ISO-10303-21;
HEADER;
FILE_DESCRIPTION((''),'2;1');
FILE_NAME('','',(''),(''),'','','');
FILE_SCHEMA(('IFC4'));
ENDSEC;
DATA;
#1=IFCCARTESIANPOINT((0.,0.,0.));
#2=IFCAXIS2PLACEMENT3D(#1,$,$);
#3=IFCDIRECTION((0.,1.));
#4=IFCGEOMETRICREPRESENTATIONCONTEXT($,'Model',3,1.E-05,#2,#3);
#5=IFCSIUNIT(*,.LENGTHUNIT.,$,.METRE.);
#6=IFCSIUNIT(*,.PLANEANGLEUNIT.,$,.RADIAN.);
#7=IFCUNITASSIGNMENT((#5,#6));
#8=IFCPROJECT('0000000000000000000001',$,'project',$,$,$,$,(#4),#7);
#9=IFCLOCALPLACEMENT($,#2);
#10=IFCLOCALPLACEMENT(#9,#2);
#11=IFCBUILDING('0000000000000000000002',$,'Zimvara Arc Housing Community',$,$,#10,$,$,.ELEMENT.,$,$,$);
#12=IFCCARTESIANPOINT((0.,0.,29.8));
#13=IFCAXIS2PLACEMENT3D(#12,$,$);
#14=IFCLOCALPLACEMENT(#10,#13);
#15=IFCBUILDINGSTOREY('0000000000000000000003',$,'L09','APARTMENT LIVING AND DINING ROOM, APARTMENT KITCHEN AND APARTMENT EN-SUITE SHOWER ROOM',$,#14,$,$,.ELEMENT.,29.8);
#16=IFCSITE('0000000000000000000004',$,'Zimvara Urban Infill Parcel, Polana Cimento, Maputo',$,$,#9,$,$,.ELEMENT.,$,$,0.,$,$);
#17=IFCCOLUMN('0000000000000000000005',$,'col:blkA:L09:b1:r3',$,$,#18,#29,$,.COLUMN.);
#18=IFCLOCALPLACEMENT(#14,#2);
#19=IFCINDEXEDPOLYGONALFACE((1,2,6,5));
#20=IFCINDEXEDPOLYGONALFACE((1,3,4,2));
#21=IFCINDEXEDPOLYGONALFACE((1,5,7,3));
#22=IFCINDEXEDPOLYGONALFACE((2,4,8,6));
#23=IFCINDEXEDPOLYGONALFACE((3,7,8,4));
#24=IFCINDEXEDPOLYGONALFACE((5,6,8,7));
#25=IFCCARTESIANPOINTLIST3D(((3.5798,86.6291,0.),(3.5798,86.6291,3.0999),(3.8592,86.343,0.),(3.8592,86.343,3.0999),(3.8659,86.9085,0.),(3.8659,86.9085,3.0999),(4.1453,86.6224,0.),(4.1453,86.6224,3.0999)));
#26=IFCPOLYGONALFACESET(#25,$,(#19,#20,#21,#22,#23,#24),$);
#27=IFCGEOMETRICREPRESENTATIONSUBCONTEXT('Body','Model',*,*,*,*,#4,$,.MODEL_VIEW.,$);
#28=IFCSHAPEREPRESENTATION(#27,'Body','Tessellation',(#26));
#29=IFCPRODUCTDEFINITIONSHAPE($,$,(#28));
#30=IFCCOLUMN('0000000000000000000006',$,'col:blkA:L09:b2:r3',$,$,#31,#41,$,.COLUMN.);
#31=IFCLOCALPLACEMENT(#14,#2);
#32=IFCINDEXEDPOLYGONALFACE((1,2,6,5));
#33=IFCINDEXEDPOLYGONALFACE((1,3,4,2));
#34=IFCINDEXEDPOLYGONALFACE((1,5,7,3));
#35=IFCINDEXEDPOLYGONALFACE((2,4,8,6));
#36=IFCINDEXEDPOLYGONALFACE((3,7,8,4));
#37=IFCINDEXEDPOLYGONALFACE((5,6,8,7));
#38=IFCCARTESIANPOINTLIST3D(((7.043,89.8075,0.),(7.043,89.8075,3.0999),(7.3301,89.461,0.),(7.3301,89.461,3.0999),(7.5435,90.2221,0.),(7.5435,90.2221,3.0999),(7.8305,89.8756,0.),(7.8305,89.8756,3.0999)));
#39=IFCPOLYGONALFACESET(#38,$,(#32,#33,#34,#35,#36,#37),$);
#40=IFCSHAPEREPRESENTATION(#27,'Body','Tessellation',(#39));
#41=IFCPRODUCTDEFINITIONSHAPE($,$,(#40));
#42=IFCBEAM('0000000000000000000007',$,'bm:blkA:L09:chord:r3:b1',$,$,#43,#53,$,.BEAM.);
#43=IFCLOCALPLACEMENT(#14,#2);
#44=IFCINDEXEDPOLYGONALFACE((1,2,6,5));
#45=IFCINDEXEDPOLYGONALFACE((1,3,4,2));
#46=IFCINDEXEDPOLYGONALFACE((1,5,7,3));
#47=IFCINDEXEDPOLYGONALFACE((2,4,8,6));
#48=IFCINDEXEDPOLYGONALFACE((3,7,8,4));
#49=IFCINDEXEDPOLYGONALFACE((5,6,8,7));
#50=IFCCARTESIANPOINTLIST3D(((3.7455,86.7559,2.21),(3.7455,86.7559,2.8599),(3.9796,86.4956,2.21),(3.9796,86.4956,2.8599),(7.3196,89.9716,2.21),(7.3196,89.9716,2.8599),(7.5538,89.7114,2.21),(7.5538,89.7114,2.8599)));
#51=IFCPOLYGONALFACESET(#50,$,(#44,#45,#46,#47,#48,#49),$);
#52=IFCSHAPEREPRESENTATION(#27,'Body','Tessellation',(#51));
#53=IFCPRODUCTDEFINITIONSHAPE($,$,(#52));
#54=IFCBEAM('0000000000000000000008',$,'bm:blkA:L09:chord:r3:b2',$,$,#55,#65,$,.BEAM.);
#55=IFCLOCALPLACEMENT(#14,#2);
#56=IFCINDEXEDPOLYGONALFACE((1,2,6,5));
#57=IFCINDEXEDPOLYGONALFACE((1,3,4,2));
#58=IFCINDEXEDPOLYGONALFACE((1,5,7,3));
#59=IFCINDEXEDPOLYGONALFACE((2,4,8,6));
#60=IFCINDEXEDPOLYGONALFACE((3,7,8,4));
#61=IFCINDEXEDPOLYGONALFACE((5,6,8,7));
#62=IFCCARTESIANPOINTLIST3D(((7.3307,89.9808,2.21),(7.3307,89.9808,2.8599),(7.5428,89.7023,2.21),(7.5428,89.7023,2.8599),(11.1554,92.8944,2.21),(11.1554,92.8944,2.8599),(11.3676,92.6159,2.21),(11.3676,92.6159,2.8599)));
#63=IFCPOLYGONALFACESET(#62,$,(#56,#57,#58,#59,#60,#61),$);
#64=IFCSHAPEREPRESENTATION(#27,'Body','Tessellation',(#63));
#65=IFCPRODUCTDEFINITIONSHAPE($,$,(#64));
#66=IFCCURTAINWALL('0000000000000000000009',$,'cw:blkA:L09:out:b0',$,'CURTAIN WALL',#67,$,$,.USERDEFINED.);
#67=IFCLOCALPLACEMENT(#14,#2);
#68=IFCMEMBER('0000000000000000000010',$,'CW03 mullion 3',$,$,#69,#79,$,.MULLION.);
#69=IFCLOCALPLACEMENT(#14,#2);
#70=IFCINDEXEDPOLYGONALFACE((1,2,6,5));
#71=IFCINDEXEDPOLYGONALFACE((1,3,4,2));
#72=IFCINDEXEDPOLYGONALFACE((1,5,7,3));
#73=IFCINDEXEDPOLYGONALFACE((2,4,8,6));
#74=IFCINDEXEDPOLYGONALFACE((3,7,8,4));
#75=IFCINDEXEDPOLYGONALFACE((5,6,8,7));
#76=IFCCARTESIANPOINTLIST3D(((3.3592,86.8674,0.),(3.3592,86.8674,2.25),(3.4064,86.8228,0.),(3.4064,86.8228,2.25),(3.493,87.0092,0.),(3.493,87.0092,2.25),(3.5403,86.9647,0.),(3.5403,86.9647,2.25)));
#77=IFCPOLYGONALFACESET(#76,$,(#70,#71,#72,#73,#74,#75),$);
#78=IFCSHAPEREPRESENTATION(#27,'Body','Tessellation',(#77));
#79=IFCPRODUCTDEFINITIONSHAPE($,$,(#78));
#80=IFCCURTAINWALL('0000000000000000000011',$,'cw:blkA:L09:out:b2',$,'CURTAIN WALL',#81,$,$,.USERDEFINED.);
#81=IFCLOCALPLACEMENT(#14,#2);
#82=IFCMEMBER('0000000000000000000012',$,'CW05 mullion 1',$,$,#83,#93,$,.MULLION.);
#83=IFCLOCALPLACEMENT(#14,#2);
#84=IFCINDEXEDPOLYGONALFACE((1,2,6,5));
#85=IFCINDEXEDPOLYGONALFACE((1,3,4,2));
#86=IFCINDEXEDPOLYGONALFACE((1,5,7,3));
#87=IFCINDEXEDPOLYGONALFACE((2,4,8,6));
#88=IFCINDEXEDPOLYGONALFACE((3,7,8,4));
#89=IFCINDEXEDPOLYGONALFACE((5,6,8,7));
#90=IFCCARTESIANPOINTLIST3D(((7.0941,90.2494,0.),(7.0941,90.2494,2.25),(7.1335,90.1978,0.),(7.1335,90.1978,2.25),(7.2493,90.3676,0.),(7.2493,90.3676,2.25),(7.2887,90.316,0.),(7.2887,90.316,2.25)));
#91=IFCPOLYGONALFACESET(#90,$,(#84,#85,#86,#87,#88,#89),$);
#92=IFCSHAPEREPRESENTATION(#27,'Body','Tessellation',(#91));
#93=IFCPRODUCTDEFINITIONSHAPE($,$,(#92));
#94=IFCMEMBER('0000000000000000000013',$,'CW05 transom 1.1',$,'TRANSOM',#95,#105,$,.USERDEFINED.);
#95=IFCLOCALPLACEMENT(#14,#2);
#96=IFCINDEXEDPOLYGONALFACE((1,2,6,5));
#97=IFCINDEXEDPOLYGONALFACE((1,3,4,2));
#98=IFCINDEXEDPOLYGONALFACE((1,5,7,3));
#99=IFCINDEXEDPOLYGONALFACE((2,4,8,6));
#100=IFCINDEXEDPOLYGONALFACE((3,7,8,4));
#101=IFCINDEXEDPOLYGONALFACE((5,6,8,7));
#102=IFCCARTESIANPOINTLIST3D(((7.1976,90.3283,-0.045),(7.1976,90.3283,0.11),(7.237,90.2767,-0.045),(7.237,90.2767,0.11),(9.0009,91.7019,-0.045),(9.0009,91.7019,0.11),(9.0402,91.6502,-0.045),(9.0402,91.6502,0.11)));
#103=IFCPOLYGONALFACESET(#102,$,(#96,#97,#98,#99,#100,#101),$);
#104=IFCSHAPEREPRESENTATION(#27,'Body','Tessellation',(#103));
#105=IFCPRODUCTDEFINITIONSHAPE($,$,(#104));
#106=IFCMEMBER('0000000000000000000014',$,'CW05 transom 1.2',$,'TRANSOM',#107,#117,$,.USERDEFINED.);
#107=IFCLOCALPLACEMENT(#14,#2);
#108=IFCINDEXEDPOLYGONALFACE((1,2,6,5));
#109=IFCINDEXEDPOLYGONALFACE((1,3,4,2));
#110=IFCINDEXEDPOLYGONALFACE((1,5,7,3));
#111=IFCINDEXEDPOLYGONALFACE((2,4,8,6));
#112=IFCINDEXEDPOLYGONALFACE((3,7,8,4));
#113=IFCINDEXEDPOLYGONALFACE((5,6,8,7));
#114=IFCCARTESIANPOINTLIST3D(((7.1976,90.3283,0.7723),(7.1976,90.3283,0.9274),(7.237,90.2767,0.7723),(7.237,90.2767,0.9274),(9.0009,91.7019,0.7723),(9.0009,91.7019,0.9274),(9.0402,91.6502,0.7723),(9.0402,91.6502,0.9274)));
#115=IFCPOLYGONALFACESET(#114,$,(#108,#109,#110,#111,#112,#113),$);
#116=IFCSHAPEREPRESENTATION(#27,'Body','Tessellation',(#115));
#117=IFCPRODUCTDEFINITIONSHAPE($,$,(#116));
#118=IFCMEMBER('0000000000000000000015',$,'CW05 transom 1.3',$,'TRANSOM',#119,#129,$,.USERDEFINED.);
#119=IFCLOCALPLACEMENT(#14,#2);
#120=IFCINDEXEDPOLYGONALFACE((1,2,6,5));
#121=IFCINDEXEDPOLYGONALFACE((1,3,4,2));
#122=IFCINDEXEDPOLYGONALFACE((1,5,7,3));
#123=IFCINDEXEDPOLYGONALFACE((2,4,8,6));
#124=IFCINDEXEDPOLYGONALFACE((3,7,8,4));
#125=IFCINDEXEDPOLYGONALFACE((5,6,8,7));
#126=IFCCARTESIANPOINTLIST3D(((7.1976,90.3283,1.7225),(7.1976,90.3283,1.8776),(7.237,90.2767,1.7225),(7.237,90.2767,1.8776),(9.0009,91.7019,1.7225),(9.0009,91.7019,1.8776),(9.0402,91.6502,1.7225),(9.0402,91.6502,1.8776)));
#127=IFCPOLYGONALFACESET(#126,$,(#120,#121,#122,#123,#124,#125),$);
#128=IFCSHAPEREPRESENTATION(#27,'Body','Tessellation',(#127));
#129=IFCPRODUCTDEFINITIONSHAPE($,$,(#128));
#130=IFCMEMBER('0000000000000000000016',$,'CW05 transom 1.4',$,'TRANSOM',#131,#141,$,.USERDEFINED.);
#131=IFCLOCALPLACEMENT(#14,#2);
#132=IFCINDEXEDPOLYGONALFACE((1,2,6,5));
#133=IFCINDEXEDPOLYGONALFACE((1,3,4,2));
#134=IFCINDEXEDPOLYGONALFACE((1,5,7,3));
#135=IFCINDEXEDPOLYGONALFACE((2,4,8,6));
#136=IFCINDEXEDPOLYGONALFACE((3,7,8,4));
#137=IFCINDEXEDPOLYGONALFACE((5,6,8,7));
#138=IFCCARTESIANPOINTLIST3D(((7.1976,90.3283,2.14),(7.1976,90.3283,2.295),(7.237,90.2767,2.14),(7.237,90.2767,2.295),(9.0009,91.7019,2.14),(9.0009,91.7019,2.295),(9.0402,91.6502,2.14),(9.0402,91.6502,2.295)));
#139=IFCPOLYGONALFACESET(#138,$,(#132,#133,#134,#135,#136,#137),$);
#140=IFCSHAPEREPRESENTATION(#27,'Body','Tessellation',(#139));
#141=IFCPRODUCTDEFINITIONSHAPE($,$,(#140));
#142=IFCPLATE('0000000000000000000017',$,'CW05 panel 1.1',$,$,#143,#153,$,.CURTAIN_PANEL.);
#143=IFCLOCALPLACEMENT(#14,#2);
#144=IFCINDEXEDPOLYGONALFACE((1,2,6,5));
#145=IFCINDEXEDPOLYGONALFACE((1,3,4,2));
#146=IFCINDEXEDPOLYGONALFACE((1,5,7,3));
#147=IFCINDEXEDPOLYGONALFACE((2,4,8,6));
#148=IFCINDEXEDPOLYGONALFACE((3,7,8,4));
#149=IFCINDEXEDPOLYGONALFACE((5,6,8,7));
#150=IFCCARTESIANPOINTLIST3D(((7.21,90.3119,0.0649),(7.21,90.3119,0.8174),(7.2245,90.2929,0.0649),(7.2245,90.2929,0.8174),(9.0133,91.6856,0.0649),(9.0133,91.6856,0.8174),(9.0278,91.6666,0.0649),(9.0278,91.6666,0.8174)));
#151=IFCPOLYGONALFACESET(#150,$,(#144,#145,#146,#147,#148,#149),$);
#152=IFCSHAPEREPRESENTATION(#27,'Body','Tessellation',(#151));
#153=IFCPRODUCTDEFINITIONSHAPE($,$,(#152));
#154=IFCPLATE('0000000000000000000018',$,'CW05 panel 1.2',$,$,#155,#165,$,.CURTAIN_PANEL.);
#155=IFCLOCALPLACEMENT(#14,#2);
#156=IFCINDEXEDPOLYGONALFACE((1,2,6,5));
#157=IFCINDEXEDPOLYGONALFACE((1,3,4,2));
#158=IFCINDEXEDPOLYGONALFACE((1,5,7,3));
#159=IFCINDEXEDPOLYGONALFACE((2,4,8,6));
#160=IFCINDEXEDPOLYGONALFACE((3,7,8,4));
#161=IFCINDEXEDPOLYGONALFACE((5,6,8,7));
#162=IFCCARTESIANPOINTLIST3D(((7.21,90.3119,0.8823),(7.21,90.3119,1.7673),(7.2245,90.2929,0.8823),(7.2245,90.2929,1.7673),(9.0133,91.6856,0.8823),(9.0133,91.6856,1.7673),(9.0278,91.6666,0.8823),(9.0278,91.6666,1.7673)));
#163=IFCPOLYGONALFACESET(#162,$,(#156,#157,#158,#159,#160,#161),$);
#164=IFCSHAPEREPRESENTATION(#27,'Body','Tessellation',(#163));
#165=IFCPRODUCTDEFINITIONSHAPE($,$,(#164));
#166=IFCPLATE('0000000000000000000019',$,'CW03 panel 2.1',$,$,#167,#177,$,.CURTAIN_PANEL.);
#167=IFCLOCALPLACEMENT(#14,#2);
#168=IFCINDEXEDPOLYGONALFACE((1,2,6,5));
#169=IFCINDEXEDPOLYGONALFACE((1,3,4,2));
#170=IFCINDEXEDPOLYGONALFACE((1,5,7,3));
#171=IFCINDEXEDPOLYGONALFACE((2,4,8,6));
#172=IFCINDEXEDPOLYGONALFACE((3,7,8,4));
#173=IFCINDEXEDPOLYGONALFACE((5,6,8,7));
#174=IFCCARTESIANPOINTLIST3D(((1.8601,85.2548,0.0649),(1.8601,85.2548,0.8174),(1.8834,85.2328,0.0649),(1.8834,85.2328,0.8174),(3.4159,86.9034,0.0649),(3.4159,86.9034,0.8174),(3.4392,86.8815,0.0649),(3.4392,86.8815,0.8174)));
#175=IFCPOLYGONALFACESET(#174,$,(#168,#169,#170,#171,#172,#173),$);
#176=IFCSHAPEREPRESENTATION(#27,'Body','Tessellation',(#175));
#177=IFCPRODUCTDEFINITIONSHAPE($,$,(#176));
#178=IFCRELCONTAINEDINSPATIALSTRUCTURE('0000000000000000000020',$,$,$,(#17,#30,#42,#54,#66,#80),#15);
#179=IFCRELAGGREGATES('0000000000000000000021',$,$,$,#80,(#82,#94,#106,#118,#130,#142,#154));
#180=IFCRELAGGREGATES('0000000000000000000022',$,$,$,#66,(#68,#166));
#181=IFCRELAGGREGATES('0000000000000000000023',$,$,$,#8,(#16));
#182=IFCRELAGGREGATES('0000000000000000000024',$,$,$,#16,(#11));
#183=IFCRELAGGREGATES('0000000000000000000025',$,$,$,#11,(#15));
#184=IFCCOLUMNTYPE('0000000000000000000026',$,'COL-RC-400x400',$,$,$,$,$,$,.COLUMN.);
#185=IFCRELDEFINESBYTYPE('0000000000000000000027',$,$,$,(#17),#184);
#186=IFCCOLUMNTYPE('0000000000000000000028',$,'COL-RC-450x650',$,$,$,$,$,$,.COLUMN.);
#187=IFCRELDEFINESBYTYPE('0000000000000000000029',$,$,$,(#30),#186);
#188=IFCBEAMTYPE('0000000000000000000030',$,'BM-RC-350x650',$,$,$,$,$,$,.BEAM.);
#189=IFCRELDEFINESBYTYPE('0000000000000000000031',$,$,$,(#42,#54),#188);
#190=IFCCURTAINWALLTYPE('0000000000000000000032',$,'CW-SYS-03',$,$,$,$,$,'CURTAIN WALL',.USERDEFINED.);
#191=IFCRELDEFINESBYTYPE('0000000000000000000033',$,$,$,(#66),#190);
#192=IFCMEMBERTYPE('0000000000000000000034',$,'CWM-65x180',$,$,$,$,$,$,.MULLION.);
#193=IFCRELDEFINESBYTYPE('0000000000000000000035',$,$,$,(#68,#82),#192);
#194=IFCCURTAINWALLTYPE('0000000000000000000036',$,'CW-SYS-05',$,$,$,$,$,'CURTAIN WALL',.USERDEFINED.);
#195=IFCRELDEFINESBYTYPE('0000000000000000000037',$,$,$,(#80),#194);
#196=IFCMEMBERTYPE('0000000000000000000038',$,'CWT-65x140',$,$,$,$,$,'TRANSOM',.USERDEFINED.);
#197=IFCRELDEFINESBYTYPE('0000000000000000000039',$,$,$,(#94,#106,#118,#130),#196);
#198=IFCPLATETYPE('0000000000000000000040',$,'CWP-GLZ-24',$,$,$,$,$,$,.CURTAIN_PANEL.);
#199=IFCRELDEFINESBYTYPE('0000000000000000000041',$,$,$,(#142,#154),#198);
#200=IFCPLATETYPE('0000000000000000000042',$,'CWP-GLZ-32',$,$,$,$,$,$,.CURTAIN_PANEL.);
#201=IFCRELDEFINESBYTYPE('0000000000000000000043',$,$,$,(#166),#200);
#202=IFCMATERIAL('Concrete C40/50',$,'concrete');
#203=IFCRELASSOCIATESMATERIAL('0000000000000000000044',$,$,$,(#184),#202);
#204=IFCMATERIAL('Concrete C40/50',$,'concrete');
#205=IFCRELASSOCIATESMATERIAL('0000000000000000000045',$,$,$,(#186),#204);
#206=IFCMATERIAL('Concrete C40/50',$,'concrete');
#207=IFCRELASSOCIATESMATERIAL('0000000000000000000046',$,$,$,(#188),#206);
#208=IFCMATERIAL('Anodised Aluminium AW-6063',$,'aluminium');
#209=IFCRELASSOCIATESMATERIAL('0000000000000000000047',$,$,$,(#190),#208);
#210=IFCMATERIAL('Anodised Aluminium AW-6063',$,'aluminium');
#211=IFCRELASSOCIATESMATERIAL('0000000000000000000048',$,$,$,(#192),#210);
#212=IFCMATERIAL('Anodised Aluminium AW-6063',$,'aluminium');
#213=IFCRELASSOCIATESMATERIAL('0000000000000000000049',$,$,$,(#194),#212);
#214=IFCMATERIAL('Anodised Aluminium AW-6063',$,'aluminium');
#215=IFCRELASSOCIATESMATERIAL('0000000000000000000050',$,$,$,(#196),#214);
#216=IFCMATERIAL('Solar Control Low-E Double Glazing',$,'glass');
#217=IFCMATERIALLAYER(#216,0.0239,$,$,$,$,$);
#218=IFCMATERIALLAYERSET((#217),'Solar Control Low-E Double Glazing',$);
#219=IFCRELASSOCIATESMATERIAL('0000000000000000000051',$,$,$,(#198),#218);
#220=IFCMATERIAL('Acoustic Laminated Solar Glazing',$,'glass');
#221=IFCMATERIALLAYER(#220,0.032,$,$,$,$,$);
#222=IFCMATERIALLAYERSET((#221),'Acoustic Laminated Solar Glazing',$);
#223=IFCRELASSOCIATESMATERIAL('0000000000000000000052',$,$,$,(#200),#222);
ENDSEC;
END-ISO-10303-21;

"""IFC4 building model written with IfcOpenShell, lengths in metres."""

from ifc_helpers import new_model, si_unit, direction, frame, origin, origin_2d, place, context, subcontext, project, spatial, rectangle, extrude, material, layer, layer_set, material_profile, profile_set, type_object, element, aggregate, save


model = new_model("IFC4")

# Units and contexts
model_context = context("Model", 3, precision=1e-05, world=origin(), true_north=direction((0.0, 1.0)))
body_context = subcontext(model_context, "Body", "Model", "MODEL_VIEW")
ifc_project = project(units=[si_unit("LENGTHUNIT", "METRE"), si_unit("PLANEANGLEUNIT", "RADIAN")], contexts=[model_context])

# Site, building, storey
site_placement = place(None, origin())
site = spatial("IfcSite", under=ifc_project, at=site_placement, Name="Zimvara Urban Infill Parcel, Polana Cimento, Maputo", CompositionType="ELEMENT", RefElevation=0.0)
building_placement = place(site_placement, origin())
building = spatial("IfcBuilding", under=site, at=building_placement, Name="Zimvara Arc Housing Community", CompositionType="ELEMENT")
storey_placement = place(building_placement, frame((0.0, 0.0, 29.8)))
storey = spatial("IfcBuildingStorey", under=building, at=storey_placement, Name="L09", Description="APARTMENT LIVING AND DINING ROOM, APARTMENT KITCHEN AND APARTMENT EN-SUITE SHOWER ROOM", CompositionType="ELEMENT", Elevation=29.8)

# Columns
ifc_material_1 = material(Name="Concrete C40/50", Category="concrete")
ifc_material_profile_1 = material_profile(ifc_material_1, rectangle(XDim=0.3999, YDim=0.3999, at=origin_2d()), Name="RC 400x400")
ifc_profile_set_1 = profile_set([ifc_material_profile_1], Name="Concrete C40/50")
column_type_1 = type_object("IfcColumnType", Name="COL-RC-400x400", PredefinedType="COLUMN", material=ifc_profile_set_1)
column_1_placement = place(storey_placement, frame((3.8625, 86.6257, 0.0), z_axis=(0.0, 0.0, 1.0), x_axis=(-0.698665, 0.715449, 0.0)))
element("IfcColumn", 1, at=column_1_placement, inside=storey, type_object=column_type_1, Name="col:blkA:L09:b1:r3", PredefinedType="COLUMN", context=body_context, shape_type="SweptSolid", body=[
    extrude(rectangle(XDim=0.3999, YDim=0.3999, at=origin_2d()), origin(), (0.0, 0.0, 1.0), 3.0999),
])
ifc_material_2 = material(Name="Concrete C40/50", Category="concrete")
ifc_material_profile_2 = material_profile(ifc_material_2, rectangle(XDim=0.45, YDim=0.6499, at=origin_2d()), Name="RC 450x650")
ifc_profile_set_2 = profile_set([ifc_material_profile_2], Name="Concrete C40/50")
column_type_2 = type_object("IfcColumnType", Name="COL-RC-450x650", PredefinedType="COLUMN", material=ifc_profile_set_2)
column_2_placement = place(storey_placement, frame((7.4368, 89.8416, 0.0), z_axis=(0.0, 0.0, 1.0), x_axis=(-0.637962, 0.770068, 0.0)))
element("IfcColumn", 2, at=column_2_placement, inside=storey, type_object=column_type_2, Name="col:blkA:L09:b2:r3", PredefinedType="COLUMN", context=body_context, shape_type="SweptSolid", body=[
    extrude(rectangle(XDim=0.45, YDim=0.6499, at=origin_2d()), origin(), (0.0, 0.0, 1.0), 3.0999),
])

# Beams
ifc_material_3 = material(Name="Concrete C40/50", Category="concrete")
ifc_material_profile_3 = material_profile(ifc_material_3, rectangle(XDim=0.3501, YDim=0.6499, at=origin_2d()), Name="RC 350x650")
ifc_profile_set_3 = profile_set([ifc_material_profile_3], Name="Concrete C40/50")
beam_type = type_object("IfcBeamType", Name="BM-RC-350x650", PredefinedType="BEAM", material=ifc_profile_set_3)
beam_1_placement = place(storey_placement, frame((3.8625, 86.6257, 2.5349), z_axis=(0.743395, 0.668853, 0.0), x_axis=(-0.668853, 0.743395, 0.0)))
element("IfcBeam", 3, at=beam_1_placement, inside=storey, type_object=beam_type, Name="bm:blkA:L09:chord:r3:b1", PredefinedType="BEAM", context=body_context, shape_type="SweptSolid", body=[
    extrude(rectangle(XDim=0.3501, YDim=0.6499, at=origin_2d()), origin(), (0.0, 0.0, 1.0), 4.8079),
])
beam_2_placement = place(storey_placement, frame((7.4368, 89.8416, 2.5349), z_axis=(0.795481, 0.605979, 0.0), x_axis=(-0.605979, 0.795481, 0.0)))
element("IfcBeam", 4, at=beam_2_placement, inside=storey, type_object=beam_type, Name="bm:blkA:L09:chord:r3:b2", PredefinedType="BEAM", context=body_context, shape_type="SweptSolid", body=[
    extrude(rectangle(XDim=0.3501, YDim=0.6499, at=origin_2d()), origin(), (0.0, 0.0, 1.0), 4.8081),
])

# Curtain wall, member
ifc_material_4 = material(Name="Anodised Aluminium AW-6063", Category="aluminium")
curtain_wall_type_1 = type_object("IfcCurtainWallType", Name="CW-SYS-03", ElementType="CURTAIN WALL", PredefinedType="USERDEFINED", material=ifc_material_4)
curtain_wall_1_placement = place(storey_placement, origin())
curtain_wall_1 = element("IfcCurtainWall", 5, at=curtain_wall_1_placement, inside=storey, type_object=curtain_wall_type_1, Name="cw:blkA:L09:out:b0", ObjectType="CURTAIN WALL", PredefinedType="USERDEFINED")
ifc_material_5 = material(Name="Anodised Aluminium AW-6063", Category="aluminium")
ifc_material_profile_4 = material_profile(ifc_material_5, rectangle(XDim=0.0649, YDim=0.1951, at=origin_2d()), Name="ALU 65x195")
ifc_profile_set_4 = profile_set([ifc_material_profile_4], Name="Anodised Aluminium AW-6063")
member_type_1 = type_object("IfcMemberType", Name="CWM-65x180", PredefinedType="MULLION", material=ifc_profile_set_4)
member_1_placement = place(storey_placement, frame((3.4497, 86.916, 0.0), z_axis=(0.0, 0.0, 1.0), x_axis=(-0.727294, 0.686326, 0.0)))
member_1 = element("IfcMember", 6, at=member_1_placement, type_object=member_type_1, Name="CW03 mullion 3", PredefinedType="MULLION", context=body_context, shape_type="SweptSolid", body=[
    extrude(rectangle(XDim=0.0649, YDim=0.1951, at=origin_2d()), origin(), (0.0, 0.0, 1.0), 2.25),
])

# Curtain wall, members, plates
ifc_material_6 = material(Name="Anodised Aluminium AW-6063", Category="aluminium")
curtain_wall_type_2 = type_object("IfcCurtainWallType", Name="CW-SYS-05", ElementType="CURTAIN WALL", PredefinedType="USERDEFINED", material=ifc_material_6)
curtain_wall_2_placement = place(storey_placement, origin())
curtain_wall_2 = element("IfcCurtainWall", 7, at=curtain_wall_2_placement, inside=storey, type_object=curtain_wall_type_2, Name="cw:blkA:L09:out:b2", ObjectType="CURTAIN WALL", PredefinedType="USERDEFINED")
member_2_placement = place(storey_placement, frame((7.1914, 90.2827, 0.0), z_axis=(0.0, 0.0, 1.0), x_axis=(-0.605988, 0.795474, 0.0)))
member_2 = element("IfcMember", 8, at=member_2_placement, type_object=member_type_1, Name="CW05 mullion 1", PredefinedType="MULLION", context=body_context, shape_type="SweptSolid", body=[
    extrude(rectangle(XDim=0.0649, YDim=0.1951, at=origin_2d()), origin(), (0.0, 0.0, 1.0), 2.25),
])
ifc_material_7 = material(Name="Anodised Aluminium AW-6063", Category="aluminium")
ifc_material_profile_5 = material_profile(ifc_material_7, rectangle(XDim=0.0649, YDim=0.155, at=origin_2d()), Name="ALU 65x155")
ifc_profile_set_5 = profile_set([ifc_material_profile_5], Name="Anodised Aluminium AW-6063")
member_type_2 = type_object("IfcMemberType", Name="CWT-65x140", ElementType="TRANSOM", PredefinedType="USERDEFINED", material=ifc_profile_set_5)
member_3_placement = place(storey_placement, frame((7.2173, 90.3025, 0.0325), z_axis=(0.795506, 0.605946, 0.0), x_axis=(-0.605946, 0.795506, 0.0)))
member_3 = element("IfcMember", 9, at=member_3_placement, type_object=member_type_2, Name="CW05 transom 1.1", ObjectType="TRANSOM", PredefinedType="USERDEFINED", context=body_context, shape_type="SweptSolid", body=[
    extrude(rectangle(XDim=0.0649, YDim=0.155, at=origin_2d()), origin(), (0.0, 0.0, 1.0), 2.2668),
])
member_4_placement = place(storey_placement, frame((7.2173, 90.3025, 0.8499), z_axis=(0.795506, 0.605946, 0.0), x_axis=(-0.605946, 0.795506, 0.0)))
member_4 = element("IfcMember", 10, at=member_4_placement, type_object=member_type_2, Name="CW05 transom 1.2", ObjectType="TRANSOM", PredefinedType="USERDEFINED", context=body_context, shape_type="SweptSolid", body=[
    extrude(rectangle(XDim=0.0649, YDim=0.155, at=origin_2d()), origin(), (0.0, 0.0, 1.0), 2.2668),
])
member_5_placement = place(storey_placement, frame((7.2173, 90.3025, 1.8), z_axis=(0.795506, 0.605946, 0.0), x_axis=(-0.605946, 0.795506, 0.0)))
member_5 = element("IfcMember", 11, at=member_5_placement, type_object=member_type_2, Name="CW05 transom 1.3", ObjectType="TRANSOM", PredefinedType="USERDEFINED", context=body_context, shape_type="SweptSolid", body=[
    extrude(rectangle(XDim=0.0649, YDim=0.155, at=origin_2d()), origin(), (0.0, 0.0, 1.0), 2.2668),
])
member_6_placement = place(storey_placement, frame((7.2173, 90.3025, 2.2175), z_axis=(0.795506, 0.605946, 0.0), x_axis=(-0.605946, 0.795506, 0.0)))
member_6 = element("IfcMember", 12, at=member_6_placement, type_object=member_type_2, Name="CW05 transom 1.4", ObjectType="TRANSOM", PredefinedType="USERDEFINED", context=body_context, shape_type="SweptSolid", body=[
    extrude(rectangle(XDim=0.0649, YDim=0.155, at=origin_2d()), origin(), (0.0, 0.0, 1.0), 2.2668),
])
ifc_material_8 = material(Name="Solar Control Low-E Double Glazing", Category="glass")
ifc_layer_1 = layer(ifc_material_8, 0.0239)
ifc_layer_set_1 = layer_set([ifc_layer_1], Name="Solar Control Low-E Double Glazing")
plate_type_1 = type_object("IfcPlateType", Name="CWP-GLZ-24", PredefinedType="CURTAIN_PANEL", material=ifc_layer_set_1)
plate_1_placement = place(storey_placement, frame((8.1189, 90.9893, 0.0649), z_axis=(0.0, 0.0, 1.0), x_axis=(0.795474, 0.605988, 0.0)))
plate_1 = element("IfcPlate", 13, at=plate_1_placement, type_object=plate_type_1, Name="CW05 panel 1.1", PredefinedType="CURTAIN_PANEL", context=body_context, shape_type="SweptSolid", body=[
    extrude(rectangle(XDim=2.2668, YDim=0.0239, at=origin_2d()), origin(), (0.0, 0.0, 1.0), 0.7524),
])
plate_2_placement = place(storey_placement, frame((8.1189, 90.9893, 0.8823), z_axis=(0.0, 0.0, 1.0), x_axis=(0.795474, 0.605988, 0.0)))
plate_2 = element("IfcPlate", 14, at=plate_2_placement, type_object=plate_type_1, Name="CW05 panel 1.2", PredefinedType="CURTAIN_PANEL", context=body_context, shape_type="SweptSolid", body=[
    extrude(rectangle(XDim=2.2668, YDim=0.0239, at=origin_2d()), origin(), (0.0, 0.0, 1.0), 0.885),
])
aggregate(curtain_wall_2, [member_2, member_3, member_4, member_5, member_6, plate_1, plate_2])

# Plate
ifc_material_9 = material(Name="Acoustic Laminated Solar Glazing", Category="glass")
ifc_layer_2 = layer(ifc_material_9, 0.032)
ifc_layer_set_2 = layer_set([ifc_layer_2], Name="Acoustic Laminated Solar Glazing")
plate_type_2 = type_object("IfcPlateType", Name="CWP-GLZ-32", PredefinedType="CURTAIN_PANEL", material=ifc_layer_set_2)
plate_3_placement = place(storey_placement, frame((2.6497, 86.0681, 0.0649), z_axis=(0.0, 0.0, 1.0), x_axis=(0.686326, 0.727294, 0.0)))
plate_3 = element("IfcPlate", 15, at=plate_3_placement, type_object=plate_type_2, Name="CW03 panel 2.1", PredefinedType="CURTAIN_PANEL", context=body_context, shape_type="SweptSolid", body=[
    extrude(rectangle(XDim=2.2668, YDim=0.032, at=origin_2d()), origin(), (0.0, 0.0, 1.0), 0.7524),
])
aggregate(curtain_wall_1, [member_1, plate_3])

save(model, "model.ifc")
